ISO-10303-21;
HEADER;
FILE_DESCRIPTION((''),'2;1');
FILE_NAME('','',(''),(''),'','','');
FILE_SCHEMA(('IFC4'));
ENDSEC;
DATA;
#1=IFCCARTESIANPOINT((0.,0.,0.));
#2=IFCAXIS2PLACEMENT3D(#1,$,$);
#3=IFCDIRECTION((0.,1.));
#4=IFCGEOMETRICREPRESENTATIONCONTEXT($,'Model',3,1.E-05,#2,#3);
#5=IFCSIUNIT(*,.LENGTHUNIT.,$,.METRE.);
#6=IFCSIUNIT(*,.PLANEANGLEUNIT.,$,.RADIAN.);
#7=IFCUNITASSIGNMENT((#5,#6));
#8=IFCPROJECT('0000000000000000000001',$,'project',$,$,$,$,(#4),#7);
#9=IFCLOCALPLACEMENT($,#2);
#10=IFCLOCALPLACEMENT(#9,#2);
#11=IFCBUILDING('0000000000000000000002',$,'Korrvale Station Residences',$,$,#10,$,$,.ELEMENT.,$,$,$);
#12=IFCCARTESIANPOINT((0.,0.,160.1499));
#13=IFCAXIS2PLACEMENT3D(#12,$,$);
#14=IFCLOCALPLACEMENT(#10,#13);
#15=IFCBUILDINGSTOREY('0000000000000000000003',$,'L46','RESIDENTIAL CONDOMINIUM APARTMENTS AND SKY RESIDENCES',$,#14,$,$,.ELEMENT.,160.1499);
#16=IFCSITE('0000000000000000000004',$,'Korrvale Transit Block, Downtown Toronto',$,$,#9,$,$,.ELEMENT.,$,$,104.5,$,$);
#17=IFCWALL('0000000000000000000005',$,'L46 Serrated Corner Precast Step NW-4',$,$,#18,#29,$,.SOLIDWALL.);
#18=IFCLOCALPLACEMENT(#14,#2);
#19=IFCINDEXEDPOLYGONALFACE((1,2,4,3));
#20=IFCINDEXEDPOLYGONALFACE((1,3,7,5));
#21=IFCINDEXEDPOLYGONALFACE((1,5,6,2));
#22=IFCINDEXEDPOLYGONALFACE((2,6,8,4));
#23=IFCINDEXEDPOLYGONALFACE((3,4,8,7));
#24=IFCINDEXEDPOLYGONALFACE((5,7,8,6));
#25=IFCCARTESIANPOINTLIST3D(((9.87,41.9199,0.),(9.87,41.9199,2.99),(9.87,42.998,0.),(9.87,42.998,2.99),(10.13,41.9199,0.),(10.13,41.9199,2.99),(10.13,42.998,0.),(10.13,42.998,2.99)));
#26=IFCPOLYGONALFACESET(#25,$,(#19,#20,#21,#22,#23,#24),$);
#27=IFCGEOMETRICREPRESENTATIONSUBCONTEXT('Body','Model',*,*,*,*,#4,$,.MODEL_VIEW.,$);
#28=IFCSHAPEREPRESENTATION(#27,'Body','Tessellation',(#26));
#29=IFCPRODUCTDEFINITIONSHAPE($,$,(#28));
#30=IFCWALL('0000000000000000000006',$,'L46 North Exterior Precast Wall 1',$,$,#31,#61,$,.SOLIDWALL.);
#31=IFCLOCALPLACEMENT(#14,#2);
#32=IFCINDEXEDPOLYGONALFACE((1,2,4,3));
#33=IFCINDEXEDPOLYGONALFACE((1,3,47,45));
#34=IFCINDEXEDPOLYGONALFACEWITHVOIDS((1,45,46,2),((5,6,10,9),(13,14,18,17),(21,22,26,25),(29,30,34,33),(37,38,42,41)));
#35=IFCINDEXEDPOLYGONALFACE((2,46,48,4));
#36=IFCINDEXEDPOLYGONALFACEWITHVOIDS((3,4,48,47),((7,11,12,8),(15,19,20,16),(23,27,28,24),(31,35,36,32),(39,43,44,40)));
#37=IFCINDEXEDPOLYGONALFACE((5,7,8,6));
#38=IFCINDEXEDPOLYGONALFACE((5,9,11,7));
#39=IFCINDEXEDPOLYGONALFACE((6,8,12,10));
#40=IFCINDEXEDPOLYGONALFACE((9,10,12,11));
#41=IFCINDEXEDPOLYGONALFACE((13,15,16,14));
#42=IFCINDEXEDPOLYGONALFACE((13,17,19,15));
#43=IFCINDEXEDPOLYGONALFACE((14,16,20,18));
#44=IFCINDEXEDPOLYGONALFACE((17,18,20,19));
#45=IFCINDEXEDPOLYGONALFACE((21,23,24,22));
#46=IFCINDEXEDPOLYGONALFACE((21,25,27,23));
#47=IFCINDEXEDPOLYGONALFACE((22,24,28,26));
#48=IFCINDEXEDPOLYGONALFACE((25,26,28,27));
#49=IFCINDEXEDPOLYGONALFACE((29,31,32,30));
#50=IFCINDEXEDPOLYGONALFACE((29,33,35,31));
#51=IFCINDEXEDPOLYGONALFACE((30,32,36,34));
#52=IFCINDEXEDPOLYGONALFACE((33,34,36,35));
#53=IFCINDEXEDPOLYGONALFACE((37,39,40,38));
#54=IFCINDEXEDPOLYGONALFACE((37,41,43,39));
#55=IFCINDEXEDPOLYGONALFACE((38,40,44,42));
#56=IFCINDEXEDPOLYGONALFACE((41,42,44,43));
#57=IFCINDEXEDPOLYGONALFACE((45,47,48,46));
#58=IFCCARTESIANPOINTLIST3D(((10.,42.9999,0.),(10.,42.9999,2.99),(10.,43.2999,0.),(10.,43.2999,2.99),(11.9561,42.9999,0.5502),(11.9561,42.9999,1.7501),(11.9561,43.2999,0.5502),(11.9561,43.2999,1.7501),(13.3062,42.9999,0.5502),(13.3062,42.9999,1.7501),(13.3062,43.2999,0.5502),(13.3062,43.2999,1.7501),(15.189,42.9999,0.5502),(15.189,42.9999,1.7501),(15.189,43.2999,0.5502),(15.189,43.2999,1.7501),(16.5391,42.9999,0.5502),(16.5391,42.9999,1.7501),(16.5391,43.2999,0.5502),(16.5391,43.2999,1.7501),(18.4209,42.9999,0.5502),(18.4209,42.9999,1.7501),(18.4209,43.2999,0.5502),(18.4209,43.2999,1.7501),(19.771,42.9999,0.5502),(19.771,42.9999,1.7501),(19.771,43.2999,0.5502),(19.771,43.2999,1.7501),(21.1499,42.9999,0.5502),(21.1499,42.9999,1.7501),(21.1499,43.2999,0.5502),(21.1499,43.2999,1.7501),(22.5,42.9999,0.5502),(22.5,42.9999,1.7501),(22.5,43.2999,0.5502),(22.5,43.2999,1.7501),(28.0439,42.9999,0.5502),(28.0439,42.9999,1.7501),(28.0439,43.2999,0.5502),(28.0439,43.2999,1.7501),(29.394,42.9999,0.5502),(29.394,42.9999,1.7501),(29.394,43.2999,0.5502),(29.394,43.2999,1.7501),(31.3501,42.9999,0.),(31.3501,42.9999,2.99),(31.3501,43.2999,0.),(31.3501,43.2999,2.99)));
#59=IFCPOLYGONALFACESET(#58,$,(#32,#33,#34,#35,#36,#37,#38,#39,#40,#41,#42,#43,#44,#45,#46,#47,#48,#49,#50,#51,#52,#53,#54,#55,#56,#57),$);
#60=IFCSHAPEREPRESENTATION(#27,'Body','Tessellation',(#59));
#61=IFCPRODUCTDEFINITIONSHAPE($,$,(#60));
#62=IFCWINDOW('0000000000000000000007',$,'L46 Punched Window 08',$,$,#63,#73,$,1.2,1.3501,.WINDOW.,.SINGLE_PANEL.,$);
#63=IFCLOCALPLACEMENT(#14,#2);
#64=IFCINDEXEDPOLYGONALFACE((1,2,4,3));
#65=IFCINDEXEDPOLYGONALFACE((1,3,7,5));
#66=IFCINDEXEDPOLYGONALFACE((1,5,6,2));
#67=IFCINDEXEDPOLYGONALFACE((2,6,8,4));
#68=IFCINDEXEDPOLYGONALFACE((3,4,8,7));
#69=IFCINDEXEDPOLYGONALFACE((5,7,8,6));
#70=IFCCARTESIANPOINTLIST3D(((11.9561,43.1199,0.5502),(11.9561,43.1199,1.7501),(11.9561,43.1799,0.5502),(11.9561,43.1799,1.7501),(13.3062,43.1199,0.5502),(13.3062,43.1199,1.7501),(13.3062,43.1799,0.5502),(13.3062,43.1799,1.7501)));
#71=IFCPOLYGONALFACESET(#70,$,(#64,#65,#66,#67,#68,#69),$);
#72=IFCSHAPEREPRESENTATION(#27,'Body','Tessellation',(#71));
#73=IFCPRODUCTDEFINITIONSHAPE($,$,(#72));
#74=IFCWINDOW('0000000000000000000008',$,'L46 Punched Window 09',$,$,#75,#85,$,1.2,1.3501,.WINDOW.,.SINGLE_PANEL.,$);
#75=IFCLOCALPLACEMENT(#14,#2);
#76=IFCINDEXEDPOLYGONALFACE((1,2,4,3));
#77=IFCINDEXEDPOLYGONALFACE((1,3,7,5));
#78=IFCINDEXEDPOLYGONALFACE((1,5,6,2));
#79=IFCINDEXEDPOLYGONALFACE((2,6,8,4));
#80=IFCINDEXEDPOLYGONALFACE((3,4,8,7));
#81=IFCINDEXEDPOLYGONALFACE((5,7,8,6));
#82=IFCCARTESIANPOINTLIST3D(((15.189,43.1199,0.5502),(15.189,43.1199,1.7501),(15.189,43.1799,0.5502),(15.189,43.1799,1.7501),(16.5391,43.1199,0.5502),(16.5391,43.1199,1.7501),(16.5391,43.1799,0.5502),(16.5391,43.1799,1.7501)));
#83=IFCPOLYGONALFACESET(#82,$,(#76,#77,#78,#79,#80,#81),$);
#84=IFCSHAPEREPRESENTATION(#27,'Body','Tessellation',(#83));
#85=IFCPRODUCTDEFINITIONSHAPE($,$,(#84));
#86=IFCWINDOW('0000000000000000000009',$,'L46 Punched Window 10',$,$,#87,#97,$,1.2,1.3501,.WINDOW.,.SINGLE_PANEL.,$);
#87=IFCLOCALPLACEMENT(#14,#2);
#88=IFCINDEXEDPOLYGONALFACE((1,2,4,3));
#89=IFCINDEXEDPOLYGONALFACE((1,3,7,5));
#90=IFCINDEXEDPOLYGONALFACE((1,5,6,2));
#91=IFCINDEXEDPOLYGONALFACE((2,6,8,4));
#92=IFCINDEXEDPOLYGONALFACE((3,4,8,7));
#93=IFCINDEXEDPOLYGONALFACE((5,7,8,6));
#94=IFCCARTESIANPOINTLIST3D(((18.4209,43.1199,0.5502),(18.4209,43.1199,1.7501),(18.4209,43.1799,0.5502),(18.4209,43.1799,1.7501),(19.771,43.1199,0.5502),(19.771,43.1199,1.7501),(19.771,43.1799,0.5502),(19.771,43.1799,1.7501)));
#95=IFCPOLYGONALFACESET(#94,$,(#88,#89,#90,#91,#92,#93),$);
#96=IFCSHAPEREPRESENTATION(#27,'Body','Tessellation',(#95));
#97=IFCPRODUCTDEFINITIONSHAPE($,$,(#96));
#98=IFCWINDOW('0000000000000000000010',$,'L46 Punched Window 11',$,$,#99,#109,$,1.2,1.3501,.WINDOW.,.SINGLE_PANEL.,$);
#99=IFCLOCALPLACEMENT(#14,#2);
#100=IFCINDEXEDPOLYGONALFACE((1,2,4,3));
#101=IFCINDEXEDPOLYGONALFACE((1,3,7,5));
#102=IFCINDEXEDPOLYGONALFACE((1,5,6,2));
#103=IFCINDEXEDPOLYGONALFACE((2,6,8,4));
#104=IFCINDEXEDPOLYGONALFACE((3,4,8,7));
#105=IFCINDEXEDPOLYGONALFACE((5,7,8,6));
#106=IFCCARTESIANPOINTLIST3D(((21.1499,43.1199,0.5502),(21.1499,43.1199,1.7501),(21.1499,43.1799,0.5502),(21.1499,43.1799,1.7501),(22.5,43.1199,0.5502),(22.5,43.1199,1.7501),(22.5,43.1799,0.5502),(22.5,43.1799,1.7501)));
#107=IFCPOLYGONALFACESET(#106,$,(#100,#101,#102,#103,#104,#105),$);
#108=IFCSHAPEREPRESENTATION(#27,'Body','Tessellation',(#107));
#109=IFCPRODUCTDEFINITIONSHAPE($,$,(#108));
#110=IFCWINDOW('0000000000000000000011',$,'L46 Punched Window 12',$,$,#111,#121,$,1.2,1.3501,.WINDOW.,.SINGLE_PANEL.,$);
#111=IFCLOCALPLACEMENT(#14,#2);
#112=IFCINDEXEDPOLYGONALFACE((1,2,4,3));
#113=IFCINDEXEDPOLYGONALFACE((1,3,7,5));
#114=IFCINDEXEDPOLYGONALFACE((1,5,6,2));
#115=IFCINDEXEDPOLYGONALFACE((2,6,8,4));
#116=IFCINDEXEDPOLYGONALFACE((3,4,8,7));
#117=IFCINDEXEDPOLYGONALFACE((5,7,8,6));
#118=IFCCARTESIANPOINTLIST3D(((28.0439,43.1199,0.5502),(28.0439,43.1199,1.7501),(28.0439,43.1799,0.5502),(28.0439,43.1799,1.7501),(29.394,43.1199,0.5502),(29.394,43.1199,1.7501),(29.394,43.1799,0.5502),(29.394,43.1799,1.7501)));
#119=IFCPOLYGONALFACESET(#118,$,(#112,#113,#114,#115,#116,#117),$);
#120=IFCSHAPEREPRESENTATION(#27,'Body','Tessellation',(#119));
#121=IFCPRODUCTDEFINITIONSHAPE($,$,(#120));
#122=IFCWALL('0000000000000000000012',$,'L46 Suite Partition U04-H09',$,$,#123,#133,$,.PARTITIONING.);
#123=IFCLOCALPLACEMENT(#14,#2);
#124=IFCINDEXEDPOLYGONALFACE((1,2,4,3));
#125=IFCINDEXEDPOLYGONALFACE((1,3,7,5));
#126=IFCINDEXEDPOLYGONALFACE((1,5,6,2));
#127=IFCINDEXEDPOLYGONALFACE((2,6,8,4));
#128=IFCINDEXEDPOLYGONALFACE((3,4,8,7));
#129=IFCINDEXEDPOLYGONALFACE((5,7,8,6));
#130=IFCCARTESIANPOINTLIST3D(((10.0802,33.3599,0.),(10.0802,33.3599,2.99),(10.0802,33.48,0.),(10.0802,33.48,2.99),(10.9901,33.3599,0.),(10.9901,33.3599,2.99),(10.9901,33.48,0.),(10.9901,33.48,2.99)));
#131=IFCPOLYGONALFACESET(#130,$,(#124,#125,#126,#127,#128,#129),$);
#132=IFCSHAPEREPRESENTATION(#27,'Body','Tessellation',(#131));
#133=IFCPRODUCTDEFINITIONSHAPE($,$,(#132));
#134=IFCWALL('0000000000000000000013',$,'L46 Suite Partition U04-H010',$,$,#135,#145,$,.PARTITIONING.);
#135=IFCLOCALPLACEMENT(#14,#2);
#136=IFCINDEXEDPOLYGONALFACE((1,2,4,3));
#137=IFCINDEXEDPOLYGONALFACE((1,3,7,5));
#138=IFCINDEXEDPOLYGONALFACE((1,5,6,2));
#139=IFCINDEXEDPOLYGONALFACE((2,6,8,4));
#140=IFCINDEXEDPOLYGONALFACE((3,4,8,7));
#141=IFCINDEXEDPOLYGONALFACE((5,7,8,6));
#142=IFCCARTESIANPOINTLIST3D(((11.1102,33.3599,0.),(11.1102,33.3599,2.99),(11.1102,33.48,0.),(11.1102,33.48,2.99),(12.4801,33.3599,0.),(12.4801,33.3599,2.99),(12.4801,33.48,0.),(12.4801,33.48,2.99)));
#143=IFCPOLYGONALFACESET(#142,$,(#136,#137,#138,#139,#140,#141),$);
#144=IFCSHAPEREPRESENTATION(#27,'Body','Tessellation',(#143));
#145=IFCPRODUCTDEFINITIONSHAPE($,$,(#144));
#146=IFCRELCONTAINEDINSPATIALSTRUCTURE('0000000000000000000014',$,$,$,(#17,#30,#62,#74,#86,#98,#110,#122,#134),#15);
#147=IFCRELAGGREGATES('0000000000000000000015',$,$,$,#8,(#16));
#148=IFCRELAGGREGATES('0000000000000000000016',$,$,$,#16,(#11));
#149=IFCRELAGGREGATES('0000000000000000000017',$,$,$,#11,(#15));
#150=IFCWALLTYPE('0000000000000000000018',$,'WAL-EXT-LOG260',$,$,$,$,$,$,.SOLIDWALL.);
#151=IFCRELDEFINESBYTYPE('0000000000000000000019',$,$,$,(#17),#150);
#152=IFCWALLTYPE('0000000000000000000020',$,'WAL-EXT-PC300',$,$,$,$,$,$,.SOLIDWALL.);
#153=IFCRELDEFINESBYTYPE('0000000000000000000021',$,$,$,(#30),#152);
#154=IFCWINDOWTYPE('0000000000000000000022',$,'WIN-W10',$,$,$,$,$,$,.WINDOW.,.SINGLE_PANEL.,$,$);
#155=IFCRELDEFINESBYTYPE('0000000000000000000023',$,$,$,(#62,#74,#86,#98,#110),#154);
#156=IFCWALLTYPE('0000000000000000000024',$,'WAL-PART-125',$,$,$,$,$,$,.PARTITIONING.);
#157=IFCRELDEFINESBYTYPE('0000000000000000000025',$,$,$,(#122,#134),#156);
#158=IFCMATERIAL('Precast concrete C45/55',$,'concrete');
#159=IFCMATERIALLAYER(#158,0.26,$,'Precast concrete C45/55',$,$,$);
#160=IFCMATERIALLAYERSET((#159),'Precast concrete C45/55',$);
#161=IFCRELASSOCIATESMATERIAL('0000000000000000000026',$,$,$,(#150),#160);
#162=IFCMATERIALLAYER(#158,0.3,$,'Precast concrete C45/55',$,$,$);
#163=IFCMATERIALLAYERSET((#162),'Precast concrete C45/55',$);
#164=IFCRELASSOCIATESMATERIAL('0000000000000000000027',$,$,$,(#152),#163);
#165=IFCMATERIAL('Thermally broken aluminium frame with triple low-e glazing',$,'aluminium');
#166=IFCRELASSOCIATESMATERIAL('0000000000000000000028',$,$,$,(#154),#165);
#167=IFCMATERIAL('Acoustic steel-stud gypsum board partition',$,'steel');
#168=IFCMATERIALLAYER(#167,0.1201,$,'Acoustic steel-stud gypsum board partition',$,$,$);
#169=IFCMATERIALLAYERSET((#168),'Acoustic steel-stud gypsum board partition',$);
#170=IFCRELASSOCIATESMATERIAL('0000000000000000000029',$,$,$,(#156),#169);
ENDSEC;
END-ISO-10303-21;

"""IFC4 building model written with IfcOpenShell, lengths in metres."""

from ifc_helpers import new_model, si_unit, direction, frame, frame_2d, origin, place, context, subcontext, project, spatial, rectangle, extrude, material, layer, layer_set, type_object, element, fill, save


model = new_model("IFC4")

# Units and contexts
model_context = context("Model", 3, precision=1e-05, world=origin(), true_north=direction((0.0, 1.0)))
body_context = subcontext(model_context, "Body", "Model", "MODEL_VIEW")
ifc_project = project(units=[si_unit("LENGTHUNIT", "METRE"), si_unit("PLANEANGLEUNIT", "RADIAN")], contexts=[model_context])

# Site, building, storey
site_placement = place(None, origin())
site = spatial("IfcSite", under=ifc_project, at=site_placement, Name="Korrvale Transit Block, Downtown Toronto", CompositionType="ELEMENT", RefElevation=104.5)
building_placement = place(site_placement, origin())
building = spatial("IfcBuilding", under=site, at=building_placement, Name="Korrvale Station Residences", CompositionType="ELEMENT")
storey_placement = place(building_placement, frame((0.0, 0.0, 160.1499)))
storey = spatial("IfcBuildingStorey", under=building, at=storey_placement, Name="L46", Description="RESIDENTIAL CONDOMINIUM APARTMENTS AND SKY RESIDENCES", CompositionType="ELEMENT", Elevation=160.1499)

# Wall
ifc_material_1 = material(Name="Precast concrete C45/55", Category="concrete")
ifc_layer_1 = layer(ifc_material_1, 0.26, Name="Precast concrete C45/55")
ifc_layer_set_1 = layer_set([ifc_layer_1], Name="Precast concrete C45/55")
wall_type_1 = type_object("IfcWallType", Name="WAL-EXT-LOG260", PredefinedType="SOLIDWALL", material=ifc_layer_set_1)
wall_1_placement = place(storey_placement, frame((10.0, 41.9199, 0.0), z_axis=(0.0, 0.0, 1.0), x_axis=(0.0, 1.0, 0.0)))
element("IfcWall", 1, at=wall_1_placement, inside=storey, type_object=wall_type_1, Name="L46 Serrated Corner Precast Step NW-4", PredefinedType="SOLIDWALL", context=body_context, shape_type="SweptSolid", body=[
    extrude(rectangle(XDim=1.0781, YDim=0.26, at=frame_2d((0.5391, 0.0))), origin(), (0.0, 0.0, 1.0), 2.99),
])

# Wall, openings, windows
ifc_layer_2 = layer(ifc_material_1, 0.3, Name="Precast concrete C45/55")
ifc_layer_set_2 = layer_set([ifc_layer_2], Name="Precast concrete C45/55")
wall_type_2 = type_object("IfcWallType", Name="WAL-EXT-PC300", PredefinedType="SOLIDWALL", material=ifc_layer_set_2)
wall_2_placement = place(storey_placement, frame((10.0, 43.1499, 0.0), z_axis=(0.0, 0.0, 1.0), x_axis=(1.0, 0.0, 0.0)))
wall_2 = element("IfcWall", 2, at=wall_2_placement, inside=storey, type_object=wall_type_2, Name="L46 North Exterior Precast Wall 1", PredefinedType="SOLIDWALL", context=body_context, shape_type="SweptSolid", body=[
    extrude(rectangle(XDim=21.3501, YDim=0.3, at=frame_2d((10.675, 0.0))), origin(), (0.0, 0.0, 1.0), 2.99),
])
opening_1_placement = place(wall_2_placement, frame((1.9561, 0.0, 0.55)))
opening_1 = element("IfcOpeningElement", 3, at=opening_1_placement, cuts=wall_2, PredefinedType="OPENING", context=body_context, shape_type="SweptSolid", body=[
    extrude(rectangle(XDim=1.3501, YDim=1.2, at=frame_2d((0.675, 0.6001))), frame((0.0, 0.1602, 0.0), z_axis=(0.0, -1.0, 0.0), x_axis=(1.0, 0.0, 0.0)), (0.0, 0.0, 1.0), 0.3201),
])
opening_2_placement = place(wall_2_placement, frame((5.189, 0.0, 0.55)))
opening_2 = element("IfcOpeningElement", 4, at=opening_2_placement, cuts=wall_2, PredefinedType="OPENING", context=body_context, shape_type="SweptSolid", body=[
    extrude(rectangle(XDim=1.3501, YDim=1.2, at=frame_2d((0.675, 0.6001))), frame((0.0, 0.1602, 0.0), z_axis=(0.0, -1.0, 0.0), x_axis=(1.0, 0.0, 0.0)), (0.0, 0.0, 1.0), 0.3201),
])
opening_3_placement = place(wall_2_placement, frame((8.4209, 0.0, 0.55)))
opening_3 = element("IfcOpeningElement", 5, at=opening_3_placement, cuts=wall_2, PredefinedType="OPENING", context=body_context, shape_type="SweptSolid", body=[
    extrude(rectangle(XDim=1.3501, YDim=1.2, at=frame_2d((0.675, 0.6001))), frame((0.0, 0.1602, 0.0), z_axis=(0.0, -1.0, 0.0), x_axis=(1.0, 0.0, 0.0)), (0.0, 0.0, 1.0), 0.3201),
])
opening_4_placement = place(wall_2_placement, frame((11.1499, 0.0, 0.55)))
opening_4 = element("IfcOpeningElement", 6, at=opening_4_placement, cuts=wall_2, PredefinedType="OPENING", context=body_context, shape_type="SweptSolid", body=[
    extrude(rectangle(XDim=1.3501, YDim=1.2, at=frame_2d((0.675, 0.6001))), frame((0.0, 0.1602, 0.0), z_axis=(0.0, -1.0, 0.0), x_axis=(1.0, 0.0, 0.0)), (0.0, 0.0, 1.0), 0.3201),
])
opening_5_placement = place(wall_2_placement, frame((18.0439, 0.0, 0.55)))
opening_5 = element("IfcOpeningElement", 7, at=opening_5_placement, cuts=wall_2, PredefinedType="OPENING", context=body_context, shape_type="SweptSolid", body=[
    extrude(rectangle(XDim=1.3501, YDim=1.2, at=frame_2d((0.675, 0.6001))), frame((0.0, 0.1602, 0.0), z_axis=(0.0, -1.0, 0.0), x_axis=(1.0, 0.0, 0.0)), (0.0, 0.0, 1.0), 0.3201),
])
ifc_material_2 = material(Name="Thermally broken aluminium frame with triple low-e glazing", Category="aluminium")
window_type = type_object("IfcWindowType", Name="WIN-W10", PartitioningType="SINGLE_PANEL", PredefinedType="WINDOW", material=ifc_material_2)
window_1_placement = place(opening_1_placement, origin())
window_1 = element("IfcWindow", 8, at=window_1_placement, inside=storey, type_object=window_type, Name="L46 Punched Window 08", OverallHeight=1.2, OverallWidth=1.3501, PartitioningType="SINGLE_PANEL", PredefinedType="WINDOW", context=body_context, shape_type="SweptSolid", body=[
    extrude(rectangle(XDim=1.3501, YDim=1.2, at=frame_2d((0.675, 0.6001))), frame((0.0, 0.03, 0.0), z_axis=(0.0, -1.0, 0.0), x_axis=(1.0, 0.0, 0.0)), (0.0, 0.0, 1.0), 0.0601),
])
fill(opening_1, window_1)
window_2_placement = place(opening_2_placement, origin())
window_2 = element("IfcWindow", 9, at=window_2_placement, inside=storey, type_object=window_type, Name="L46 Punched Window 09", OverallHeight=1.2, OverallWidth=1.3501, PartitioningType="SINGLE_PANEL", PredefinedType="WINDOW", context=body_context, shape_type="SweptSolid", body=[
    extrude(rectangle(XDim=1.3501, YDim=1.2, at=frame_2d((0.675, 0.6001))), frame((0.0, 0.03, 0.0), z_axis=(0.0, -1.0, 0.0), x_axis=(1.0, 0.0, 0.0)), (0.0, 0.0, 1.0), 0.0601),
])
fill(opening_2, window_2)
window_3_placement = place(opening_3_placement, origin())
window_3 = element("IfcWindow", 10, at=window_3_placement, inside=storey, type_object=window_type, Name="L46 Punched Window 10", OverallHeight=1.2, OverallWidth=1.3501, PartitioningType="SINGLE_PANEL", PredefinedType="WINDOW", context=body_context, shape_type="SweptSolid", body=[
    extrude(rectangle(XDim=1.3501, YDim=1.2, at=frame_2d((0.675, 0.6001))), frame((0.0, 0.03, 0.0), z_axis=(0.0, -1.0, 0.0), x_axis=(1.0, 0.0, 0.0)), (0.0, 0.0, 1.0), 0.0601),
])
fill(opening_3, window_3)
window_4_placement = place(opening_4_placement, origin())
window_4 = element("IfcWindow", 11, at=window_4_placement, inside=storey, type_object=window_type, Name="L46 Punched Window 11", OverallHeight=1.2, OverallWidth=1.3501, PartitioningType="SINGLE_PANEL", PredefinedType="WINDOW", context=body_context, shape_type="SweptSolid", body=[
    extrude(rectangle(XDim=1.3501, YDim=1.2, at=frame_2d((0.675, 0.6001))), frame((0.0, 0.03, 0.0), z_axis=(0.0, -1.0, 0.0), x_axis=(1.0, 0.0, 0.0)), (0.0, 0.0, 1.0), 0.0601),
])
fill(opening_4, window_4)
window_5_placement = place(opening_5_placement, origin())
window_5 = element("IfcWindow", 12, at=window_5_placement, inside=storey, type_object=window_type, Name="L46 Punched Window 12", OverallHeight=1.2, OverallWidth=1.3501, PartitioningType="SINGLE_PANEL", PredefinedType="WINDOW", context=body_context, shape_type="SweptSolid", body=[
    extrude(rectangle(XDim=1.3501, YDim=1.2, at=frame_2d((0.675, 0.6001))), frame((0.0, 0.03, 0.0), z_axis=(0.0, -1.0, 0.0), x_axis=(1.0, 0.0, 0.0)), (0.0, 0.0, 1.0), 0.0601),
])
fill(opening_5, window_5)

# Walls
ifc_material_3 = material(Name="Acoustic steel-stud gypsum board partition", Category="steel")
ifc_layer_3 = layer(ifc_material_3, 0.1201, Name="Acoustic steel-stud gypsum board partition")
ifc_layer_set_3 = layer_set([ifc_layer_3], Name="Acoustic steel-stud gypsum board partition")
wall_type_3 = type_object("IfcWallType", Name="WAL-PART-125", PredefinedType="PARTITIONING", material=ifc_layer_set_3)
wall_3_placement = place(storey_placement, frame((10.0801, 33.4199, 0.0), z_axis=(0.0, 0.0, 1.0), x_axis=(1.0, 0.0, 0.0)))
element("IfcWall", 13, at=wall_3_placement, inside=storey, type_object=wall_type_3, Name="L46 Suite Partition U04-H09", PredefinedType="PARTITIONING", context=body_context, shape_type="SweptSolid", body=[
    extrude(rectangle(XDim=0.9099, YDim=0.1201, at=frame_2d((0.4551, 0.0))), origin(), (0.0, 0.0, 1.0), 2.99),
])
wall_4_placement = place(storey_placement, frame((11.1101, 33.4199, 0.0), z_axis=(0.0, 0.0, 1.0), x_axis=(1.0, 0.0, 0.0)))
element("IfcWall", 14, at=wall_4_placement, inside=storey, type_object=wall_type_3, Name="L46 Suite Partition U04-H010", PredefinedType="PARTITIONING", context=body_context, shape_type="SweptSolid", body=[
    extrude(rectangle(XDim=1.3699, YDim=0.1201, at=frame_2d((0.6851, 0.0))), origin(), (0.0, 0.0, 1.0), 2.99),
])

save(model, "model.ifc")
